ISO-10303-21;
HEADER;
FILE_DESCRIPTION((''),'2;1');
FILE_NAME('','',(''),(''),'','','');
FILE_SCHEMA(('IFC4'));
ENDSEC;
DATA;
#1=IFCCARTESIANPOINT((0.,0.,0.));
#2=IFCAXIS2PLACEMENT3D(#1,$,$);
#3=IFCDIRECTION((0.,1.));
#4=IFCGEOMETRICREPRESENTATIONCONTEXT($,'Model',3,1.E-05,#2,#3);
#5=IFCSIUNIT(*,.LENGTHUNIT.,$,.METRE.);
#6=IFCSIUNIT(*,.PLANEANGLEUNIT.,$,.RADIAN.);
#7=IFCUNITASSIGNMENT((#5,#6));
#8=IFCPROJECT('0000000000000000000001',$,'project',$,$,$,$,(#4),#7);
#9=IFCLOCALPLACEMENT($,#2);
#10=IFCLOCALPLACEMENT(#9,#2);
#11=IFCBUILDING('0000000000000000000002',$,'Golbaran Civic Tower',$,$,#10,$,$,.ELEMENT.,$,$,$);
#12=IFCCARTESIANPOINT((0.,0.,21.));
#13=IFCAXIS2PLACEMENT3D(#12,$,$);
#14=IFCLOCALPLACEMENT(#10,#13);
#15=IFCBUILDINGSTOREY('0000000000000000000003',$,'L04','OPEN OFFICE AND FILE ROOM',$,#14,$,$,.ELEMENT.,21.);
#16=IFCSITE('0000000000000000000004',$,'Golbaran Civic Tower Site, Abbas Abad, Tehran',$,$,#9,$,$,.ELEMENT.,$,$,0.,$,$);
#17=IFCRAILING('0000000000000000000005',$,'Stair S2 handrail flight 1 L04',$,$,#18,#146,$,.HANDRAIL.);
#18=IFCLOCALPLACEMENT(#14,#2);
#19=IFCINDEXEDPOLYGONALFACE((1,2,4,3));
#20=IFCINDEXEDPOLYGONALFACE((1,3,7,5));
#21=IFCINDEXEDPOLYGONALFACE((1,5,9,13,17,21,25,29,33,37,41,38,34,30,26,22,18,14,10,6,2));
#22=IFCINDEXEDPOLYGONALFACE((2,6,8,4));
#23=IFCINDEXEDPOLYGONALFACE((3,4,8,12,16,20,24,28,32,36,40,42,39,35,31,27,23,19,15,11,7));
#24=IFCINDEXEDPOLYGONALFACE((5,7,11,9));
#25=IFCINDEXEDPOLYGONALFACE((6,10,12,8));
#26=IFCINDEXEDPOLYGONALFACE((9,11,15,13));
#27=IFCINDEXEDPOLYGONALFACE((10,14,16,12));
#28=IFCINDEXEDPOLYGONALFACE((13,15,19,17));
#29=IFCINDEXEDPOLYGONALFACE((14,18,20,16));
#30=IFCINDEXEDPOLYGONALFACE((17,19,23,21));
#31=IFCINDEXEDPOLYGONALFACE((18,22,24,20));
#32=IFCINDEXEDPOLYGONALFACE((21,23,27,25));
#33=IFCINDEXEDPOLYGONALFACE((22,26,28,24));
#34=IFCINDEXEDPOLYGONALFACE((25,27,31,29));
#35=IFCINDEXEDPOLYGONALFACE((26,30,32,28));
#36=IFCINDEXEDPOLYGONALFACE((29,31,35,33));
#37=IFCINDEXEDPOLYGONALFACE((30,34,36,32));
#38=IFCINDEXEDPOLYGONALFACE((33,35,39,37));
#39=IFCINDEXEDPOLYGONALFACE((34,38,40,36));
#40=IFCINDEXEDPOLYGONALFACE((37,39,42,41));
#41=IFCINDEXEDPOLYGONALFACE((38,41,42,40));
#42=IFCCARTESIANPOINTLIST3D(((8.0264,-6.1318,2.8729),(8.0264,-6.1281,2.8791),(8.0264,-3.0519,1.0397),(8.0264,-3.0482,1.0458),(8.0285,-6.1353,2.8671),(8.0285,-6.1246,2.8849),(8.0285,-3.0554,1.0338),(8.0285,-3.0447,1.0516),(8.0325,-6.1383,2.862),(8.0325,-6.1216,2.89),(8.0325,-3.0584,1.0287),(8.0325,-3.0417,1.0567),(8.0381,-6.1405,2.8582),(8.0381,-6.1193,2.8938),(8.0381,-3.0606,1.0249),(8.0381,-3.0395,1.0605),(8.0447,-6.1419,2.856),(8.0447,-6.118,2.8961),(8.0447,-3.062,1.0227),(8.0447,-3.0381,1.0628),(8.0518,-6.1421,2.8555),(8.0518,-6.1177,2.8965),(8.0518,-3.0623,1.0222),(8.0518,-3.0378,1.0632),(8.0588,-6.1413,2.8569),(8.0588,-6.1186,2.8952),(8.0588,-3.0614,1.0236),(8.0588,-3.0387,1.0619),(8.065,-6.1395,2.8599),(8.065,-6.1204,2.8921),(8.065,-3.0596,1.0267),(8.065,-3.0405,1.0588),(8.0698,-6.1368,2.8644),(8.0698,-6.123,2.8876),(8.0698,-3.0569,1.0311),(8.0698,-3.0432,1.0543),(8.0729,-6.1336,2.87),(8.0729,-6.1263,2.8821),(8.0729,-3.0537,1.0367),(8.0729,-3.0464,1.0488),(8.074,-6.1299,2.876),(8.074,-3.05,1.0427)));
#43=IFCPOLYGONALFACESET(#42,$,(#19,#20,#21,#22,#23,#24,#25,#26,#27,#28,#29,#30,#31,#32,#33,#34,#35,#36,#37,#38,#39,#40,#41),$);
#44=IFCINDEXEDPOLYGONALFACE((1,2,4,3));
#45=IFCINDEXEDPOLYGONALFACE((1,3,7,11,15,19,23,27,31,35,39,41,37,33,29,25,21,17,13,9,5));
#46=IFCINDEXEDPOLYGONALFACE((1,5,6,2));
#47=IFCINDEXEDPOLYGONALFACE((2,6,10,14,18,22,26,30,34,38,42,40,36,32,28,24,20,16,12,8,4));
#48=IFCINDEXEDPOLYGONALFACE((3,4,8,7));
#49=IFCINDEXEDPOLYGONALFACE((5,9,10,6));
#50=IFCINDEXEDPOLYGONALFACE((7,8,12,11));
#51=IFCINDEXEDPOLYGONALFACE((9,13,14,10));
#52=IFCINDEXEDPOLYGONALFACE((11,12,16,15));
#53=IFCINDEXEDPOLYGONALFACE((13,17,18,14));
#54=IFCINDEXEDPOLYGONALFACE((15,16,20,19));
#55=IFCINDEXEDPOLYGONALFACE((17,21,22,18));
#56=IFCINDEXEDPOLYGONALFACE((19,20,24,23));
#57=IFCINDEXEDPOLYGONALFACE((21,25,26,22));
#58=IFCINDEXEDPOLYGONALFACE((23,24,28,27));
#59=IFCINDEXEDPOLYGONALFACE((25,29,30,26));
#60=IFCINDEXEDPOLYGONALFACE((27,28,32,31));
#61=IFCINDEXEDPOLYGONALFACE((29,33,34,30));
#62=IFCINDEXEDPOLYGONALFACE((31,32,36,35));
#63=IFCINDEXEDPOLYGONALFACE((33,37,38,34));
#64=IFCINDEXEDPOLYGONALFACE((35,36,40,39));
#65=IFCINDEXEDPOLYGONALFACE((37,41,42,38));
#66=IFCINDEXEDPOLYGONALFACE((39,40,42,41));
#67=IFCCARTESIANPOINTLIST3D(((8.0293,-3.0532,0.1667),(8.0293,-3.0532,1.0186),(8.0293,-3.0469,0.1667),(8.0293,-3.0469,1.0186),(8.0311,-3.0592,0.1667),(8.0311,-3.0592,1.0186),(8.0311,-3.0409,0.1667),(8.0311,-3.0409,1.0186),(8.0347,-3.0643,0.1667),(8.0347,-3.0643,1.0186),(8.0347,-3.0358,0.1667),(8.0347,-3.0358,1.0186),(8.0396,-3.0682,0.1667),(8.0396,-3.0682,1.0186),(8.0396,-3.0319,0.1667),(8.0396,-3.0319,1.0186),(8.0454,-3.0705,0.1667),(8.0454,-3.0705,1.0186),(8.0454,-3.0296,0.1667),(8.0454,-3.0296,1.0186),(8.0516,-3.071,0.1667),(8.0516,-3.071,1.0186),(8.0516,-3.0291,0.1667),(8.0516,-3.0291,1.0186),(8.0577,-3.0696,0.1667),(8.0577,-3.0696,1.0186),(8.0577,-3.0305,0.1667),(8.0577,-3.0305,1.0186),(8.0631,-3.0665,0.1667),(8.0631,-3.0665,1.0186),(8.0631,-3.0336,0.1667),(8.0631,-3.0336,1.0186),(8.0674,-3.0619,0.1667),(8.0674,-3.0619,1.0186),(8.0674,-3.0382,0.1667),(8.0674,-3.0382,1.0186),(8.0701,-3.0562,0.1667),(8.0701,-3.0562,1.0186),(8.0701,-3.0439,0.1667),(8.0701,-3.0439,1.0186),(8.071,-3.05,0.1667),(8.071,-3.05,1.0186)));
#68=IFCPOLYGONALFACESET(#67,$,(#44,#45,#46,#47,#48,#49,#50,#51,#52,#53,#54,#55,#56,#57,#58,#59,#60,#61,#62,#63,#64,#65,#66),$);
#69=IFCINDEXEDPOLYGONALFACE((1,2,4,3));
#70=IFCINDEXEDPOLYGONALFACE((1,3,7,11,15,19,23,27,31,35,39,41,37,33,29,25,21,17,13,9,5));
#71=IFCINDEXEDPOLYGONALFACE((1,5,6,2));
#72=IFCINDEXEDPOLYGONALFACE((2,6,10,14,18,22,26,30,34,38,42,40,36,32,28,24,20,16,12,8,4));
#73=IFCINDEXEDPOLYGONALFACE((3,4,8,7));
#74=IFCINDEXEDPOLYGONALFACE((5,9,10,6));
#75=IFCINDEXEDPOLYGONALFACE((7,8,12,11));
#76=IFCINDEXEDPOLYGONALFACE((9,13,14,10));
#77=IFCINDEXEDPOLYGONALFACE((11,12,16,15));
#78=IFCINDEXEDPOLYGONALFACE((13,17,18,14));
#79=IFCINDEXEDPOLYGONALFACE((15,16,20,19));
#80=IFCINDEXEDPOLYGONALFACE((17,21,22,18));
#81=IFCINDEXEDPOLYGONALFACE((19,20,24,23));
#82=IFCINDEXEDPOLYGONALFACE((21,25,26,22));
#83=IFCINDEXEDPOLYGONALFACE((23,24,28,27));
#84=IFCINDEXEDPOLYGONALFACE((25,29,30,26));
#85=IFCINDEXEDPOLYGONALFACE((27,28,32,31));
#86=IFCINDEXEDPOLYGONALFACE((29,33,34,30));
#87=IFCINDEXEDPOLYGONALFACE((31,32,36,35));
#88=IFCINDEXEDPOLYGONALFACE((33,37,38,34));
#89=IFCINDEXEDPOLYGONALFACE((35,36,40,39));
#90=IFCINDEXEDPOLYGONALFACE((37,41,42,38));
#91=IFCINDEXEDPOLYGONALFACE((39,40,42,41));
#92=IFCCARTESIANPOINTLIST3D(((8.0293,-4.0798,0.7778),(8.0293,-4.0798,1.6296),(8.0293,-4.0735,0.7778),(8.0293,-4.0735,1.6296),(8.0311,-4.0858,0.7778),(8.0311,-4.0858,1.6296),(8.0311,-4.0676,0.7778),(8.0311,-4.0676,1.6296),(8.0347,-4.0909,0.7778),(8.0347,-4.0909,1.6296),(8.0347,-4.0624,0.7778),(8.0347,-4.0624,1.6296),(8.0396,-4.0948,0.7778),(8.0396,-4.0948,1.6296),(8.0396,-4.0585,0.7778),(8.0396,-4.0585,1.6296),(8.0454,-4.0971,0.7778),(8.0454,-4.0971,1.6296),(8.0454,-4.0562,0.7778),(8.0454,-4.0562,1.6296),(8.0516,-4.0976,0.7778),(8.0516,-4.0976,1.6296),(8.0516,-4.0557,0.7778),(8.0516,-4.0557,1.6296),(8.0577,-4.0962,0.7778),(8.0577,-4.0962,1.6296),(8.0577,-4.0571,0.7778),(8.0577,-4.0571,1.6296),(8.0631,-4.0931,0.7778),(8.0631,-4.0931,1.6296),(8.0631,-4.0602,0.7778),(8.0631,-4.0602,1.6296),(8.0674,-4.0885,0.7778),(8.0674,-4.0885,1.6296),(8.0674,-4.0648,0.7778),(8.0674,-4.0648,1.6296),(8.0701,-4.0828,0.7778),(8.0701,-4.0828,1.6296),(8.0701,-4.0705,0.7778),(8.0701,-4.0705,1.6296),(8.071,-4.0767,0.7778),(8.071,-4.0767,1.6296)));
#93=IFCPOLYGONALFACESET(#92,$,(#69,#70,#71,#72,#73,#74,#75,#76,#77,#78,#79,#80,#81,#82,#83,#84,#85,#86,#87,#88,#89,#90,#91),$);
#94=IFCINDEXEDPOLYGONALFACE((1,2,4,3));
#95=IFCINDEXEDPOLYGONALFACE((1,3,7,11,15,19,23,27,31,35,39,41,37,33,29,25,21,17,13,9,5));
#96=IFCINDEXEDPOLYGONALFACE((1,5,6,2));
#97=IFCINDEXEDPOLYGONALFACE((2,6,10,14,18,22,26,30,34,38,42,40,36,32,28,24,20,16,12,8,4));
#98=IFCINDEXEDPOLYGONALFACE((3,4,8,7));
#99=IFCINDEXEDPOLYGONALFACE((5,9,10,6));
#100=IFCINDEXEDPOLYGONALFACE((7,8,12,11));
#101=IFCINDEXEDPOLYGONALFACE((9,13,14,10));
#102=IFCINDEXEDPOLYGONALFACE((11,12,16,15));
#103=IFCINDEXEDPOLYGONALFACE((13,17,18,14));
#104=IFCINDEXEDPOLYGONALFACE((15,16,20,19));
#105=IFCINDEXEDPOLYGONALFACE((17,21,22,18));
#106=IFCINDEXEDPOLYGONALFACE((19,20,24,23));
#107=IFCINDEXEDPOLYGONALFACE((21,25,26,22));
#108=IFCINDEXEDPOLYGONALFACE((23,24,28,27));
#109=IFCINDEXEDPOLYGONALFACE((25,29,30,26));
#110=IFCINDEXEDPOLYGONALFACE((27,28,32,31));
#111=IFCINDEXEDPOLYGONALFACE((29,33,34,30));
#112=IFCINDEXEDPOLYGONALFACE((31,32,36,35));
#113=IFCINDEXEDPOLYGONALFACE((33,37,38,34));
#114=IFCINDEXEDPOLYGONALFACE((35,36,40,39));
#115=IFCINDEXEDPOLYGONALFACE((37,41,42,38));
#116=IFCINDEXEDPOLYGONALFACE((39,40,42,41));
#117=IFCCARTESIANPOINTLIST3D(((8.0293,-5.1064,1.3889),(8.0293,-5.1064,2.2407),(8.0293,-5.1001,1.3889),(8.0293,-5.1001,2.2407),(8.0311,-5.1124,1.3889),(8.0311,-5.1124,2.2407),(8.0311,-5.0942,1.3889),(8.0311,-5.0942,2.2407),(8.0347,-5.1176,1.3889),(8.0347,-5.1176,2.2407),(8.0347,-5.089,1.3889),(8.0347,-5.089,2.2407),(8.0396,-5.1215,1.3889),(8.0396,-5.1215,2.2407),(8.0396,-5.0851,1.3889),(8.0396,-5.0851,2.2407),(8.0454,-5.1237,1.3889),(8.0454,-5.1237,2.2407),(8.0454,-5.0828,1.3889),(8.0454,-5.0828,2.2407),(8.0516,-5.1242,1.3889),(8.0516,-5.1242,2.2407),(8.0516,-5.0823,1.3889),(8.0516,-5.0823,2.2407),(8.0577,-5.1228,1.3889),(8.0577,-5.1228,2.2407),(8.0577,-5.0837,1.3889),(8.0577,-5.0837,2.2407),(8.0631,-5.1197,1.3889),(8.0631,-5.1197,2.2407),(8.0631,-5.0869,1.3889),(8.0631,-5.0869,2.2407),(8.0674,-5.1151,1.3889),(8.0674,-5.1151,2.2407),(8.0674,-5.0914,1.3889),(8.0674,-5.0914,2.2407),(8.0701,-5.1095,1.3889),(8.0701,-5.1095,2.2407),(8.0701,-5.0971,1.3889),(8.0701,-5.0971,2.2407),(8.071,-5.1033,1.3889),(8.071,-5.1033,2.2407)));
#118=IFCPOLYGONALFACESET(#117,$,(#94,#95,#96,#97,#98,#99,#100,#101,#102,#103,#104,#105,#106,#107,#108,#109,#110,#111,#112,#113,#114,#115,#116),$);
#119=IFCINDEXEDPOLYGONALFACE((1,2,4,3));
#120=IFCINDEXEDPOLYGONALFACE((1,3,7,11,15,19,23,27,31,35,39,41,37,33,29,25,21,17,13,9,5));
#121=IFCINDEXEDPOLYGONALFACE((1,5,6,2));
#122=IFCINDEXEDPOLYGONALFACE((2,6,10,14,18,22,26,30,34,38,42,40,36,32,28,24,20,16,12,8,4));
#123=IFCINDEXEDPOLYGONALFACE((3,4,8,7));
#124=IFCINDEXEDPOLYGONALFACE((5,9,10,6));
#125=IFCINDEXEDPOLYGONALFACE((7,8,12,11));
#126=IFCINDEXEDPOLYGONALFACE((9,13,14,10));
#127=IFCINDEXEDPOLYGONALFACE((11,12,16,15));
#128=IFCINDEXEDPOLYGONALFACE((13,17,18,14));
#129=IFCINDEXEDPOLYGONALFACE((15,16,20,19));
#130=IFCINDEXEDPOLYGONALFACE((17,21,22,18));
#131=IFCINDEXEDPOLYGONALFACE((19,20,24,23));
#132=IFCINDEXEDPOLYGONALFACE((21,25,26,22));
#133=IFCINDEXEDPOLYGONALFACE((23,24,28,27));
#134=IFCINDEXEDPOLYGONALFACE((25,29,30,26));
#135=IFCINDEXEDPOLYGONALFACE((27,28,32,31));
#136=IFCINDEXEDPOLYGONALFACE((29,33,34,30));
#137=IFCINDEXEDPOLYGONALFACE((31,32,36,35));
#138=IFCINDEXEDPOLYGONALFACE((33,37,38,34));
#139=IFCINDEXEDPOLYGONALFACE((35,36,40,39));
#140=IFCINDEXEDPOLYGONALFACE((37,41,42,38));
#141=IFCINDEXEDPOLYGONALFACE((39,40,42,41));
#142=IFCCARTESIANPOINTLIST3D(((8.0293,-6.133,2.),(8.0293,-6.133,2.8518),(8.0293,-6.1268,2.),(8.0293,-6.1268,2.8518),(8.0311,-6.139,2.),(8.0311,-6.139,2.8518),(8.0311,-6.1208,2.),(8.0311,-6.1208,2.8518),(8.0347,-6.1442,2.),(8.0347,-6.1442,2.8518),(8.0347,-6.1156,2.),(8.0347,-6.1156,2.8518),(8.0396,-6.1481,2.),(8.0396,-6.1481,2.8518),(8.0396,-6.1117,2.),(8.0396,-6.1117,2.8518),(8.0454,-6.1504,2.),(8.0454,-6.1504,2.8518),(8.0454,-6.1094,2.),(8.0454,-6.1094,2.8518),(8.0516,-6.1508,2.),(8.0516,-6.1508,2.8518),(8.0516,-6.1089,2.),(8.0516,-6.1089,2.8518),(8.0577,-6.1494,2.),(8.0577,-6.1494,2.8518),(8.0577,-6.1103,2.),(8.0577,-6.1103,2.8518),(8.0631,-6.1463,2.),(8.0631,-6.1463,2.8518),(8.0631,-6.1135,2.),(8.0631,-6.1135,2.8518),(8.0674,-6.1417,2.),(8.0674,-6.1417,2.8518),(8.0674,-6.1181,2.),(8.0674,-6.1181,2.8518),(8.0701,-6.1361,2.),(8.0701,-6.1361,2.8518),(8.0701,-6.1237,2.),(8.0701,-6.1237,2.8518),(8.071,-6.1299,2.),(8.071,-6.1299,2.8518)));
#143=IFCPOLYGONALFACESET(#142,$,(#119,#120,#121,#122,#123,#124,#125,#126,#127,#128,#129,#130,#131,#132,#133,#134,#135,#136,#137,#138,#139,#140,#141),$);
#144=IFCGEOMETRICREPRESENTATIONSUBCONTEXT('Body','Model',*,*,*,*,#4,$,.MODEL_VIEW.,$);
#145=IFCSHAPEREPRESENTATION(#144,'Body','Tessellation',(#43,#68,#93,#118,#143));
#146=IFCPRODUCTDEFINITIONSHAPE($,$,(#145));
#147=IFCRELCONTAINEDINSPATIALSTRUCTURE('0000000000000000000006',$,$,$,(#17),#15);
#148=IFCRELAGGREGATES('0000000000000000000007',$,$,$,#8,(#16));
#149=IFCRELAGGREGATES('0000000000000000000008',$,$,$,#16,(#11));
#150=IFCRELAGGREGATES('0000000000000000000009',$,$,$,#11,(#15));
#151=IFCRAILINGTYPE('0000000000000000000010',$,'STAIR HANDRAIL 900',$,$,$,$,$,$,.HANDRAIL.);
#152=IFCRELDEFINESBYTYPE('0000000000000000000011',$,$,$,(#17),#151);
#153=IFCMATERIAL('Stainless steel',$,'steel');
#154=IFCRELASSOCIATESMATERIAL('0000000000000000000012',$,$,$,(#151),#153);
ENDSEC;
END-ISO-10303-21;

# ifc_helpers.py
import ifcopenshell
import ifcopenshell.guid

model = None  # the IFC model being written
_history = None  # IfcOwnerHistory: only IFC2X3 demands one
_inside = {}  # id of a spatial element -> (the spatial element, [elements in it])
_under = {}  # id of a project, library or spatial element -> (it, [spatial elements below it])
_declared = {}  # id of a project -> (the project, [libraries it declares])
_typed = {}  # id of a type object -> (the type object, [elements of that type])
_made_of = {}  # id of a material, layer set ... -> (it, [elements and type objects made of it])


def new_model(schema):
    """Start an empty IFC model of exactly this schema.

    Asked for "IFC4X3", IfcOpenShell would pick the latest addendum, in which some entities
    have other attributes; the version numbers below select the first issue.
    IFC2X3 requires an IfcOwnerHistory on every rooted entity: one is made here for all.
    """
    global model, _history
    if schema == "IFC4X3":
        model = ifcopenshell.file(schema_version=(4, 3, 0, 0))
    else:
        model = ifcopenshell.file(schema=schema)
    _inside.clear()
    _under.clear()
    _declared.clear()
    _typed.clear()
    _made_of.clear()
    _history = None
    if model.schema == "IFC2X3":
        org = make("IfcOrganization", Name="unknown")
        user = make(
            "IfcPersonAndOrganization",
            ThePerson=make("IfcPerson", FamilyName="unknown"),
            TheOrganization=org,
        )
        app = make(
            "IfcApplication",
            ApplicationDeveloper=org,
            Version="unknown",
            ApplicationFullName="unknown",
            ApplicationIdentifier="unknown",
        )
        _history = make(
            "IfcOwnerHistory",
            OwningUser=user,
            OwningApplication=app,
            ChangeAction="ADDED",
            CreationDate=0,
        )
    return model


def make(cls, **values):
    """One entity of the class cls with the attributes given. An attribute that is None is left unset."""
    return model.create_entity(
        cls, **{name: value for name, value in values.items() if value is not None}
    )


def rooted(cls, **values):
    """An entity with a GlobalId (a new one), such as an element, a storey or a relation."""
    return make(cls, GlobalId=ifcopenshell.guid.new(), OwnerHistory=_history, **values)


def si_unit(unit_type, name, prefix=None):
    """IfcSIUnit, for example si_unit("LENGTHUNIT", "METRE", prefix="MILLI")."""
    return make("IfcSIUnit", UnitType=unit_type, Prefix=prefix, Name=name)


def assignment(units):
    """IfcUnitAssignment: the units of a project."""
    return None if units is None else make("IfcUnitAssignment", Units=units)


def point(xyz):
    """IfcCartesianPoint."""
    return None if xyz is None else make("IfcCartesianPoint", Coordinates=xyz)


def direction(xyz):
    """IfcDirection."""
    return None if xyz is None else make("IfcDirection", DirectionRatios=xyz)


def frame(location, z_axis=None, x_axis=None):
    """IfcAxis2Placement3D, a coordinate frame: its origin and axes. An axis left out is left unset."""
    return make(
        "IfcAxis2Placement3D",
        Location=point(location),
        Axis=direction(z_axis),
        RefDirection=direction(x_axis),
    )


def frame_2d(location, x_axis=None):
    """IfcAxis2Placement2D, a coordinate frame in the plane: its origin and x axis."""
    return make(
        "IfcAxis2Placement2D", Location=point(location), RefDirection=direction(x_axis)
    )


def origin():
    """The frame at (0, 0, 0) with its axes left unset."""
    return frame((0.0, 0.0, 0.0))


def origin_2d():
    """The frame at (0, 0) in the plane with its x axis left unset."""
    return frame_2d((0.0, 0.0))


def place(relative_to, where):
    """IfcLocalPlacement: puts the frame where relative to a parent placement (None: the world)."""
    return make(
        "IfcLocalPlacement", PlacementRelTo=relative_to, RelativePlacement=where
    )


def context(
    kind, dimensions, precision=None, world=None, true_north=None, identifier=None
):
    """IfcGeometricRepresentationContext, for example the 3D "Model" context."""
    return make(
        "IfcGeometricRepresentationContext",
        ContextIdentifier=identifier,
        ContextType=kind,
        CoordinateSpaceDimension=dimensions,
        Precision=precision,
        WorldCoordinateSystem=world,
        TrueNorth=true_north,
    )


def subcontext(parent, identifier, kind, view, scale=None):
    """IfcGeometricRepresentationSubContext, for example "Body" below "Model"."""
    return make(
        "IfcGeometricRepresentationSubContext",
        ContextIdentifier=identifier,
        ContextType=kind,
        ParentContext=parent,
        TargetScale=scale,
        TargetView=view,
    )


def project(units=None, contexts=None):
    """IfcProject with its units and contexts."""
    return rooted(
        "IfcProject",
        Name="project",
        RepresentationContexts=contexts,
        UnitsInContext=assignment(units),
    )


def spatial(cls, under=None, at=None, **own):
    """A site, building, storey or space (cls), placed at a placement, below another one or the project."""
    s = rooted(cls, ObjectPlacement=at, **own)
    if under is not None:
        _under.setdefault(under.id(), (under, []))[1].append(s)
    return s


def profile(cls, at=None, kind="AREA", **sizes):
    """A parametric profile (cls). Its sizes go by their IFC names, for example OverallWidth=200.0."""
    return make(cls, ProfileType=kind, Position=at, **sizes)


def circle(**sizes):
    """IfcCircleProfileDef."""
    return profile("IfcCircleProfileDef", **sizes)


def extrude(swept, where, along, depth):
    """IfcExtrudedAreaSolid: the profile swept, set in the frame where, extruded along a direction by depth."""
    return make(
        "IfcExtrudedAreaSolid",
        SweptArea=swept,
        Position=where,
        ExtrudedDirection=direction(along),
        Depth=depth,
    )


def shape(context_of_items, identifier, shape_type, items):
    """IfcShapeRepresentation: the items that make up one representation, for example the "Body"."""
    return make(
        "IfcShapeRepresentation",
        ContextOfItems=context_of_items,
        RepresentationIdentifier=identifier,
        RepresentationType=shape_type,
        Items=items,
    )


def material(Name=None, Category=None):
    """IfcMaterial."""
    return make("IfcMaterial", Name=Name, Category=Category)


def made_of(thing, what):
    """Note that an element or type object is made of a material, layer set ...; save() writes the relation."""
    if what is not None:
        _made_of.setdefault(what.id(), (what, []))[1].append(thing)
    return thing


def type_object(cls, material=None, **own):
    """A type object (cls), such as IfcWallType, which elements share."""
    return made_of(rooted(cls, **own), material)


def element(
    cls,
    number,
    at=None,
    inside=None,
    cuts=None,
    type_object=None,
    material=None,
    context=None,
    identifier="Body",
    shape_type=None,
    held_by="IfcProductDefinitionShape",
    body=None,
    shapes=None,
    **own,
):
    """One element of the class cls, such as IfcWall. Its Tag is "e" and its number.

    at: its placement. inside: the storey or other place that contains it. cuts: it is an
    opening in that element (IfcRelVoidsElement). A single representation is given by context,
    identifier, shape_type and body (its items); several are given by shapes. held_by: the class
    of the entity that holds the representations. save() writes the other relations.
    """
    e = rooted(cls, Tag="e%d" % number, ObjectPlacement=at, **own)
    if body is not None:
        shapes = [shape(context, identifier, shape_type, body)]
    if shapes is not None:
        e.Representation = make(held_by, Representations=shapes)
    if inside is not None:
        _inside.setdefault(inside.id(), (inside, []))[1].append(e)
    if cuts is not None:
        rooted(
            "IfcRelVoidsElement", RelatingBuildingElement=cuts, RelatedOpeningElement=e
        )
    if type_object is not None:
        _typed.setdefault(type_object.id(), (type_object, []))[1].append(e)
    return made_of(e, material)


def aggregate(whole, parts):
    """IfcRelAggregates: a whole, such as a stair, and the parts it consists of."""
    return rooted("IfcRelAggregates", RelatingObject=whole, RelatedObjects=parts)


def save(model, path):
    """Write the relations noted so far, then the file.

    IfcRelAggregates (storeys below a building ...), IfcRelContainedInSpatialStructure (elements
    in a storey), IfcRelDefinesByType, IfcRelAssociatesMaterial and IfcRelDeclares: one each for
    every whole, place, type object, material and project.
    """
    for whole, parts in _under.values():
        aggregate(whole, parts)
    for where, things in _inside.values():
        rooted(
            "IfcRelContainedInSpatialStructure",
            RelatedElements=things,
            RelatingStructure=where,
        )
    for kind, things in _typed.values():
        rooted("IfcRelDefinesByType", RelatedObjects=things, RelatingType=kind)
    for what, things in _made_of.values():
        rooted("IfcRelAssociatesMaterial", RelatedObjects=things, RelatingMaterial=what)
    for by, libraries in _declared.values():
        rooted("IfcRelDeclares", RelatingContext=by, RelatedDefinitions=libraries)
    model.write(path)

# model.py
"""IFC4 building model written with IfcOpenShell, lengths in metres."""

from ifc_helpers import new_model, si_unit, direction, frame, origin, origin_2d, place, context, subcontext, project, spatial, circle, extrude, material, type_object, element, save


model = new_model("IFC4")

# Units and contexts
model_context = context("Model", 3, precision=1e-05, world=origin(), true_north=direction((0.0, 1.0)))
body_context = subcontext(model_context, "Body", "Model", "MODEL_VIEW")
ifc_project = project(units=[si_unit("LENGTHUNIT", "METRE"), si_unit("PLANEANGLEUNIT", "RADIAN")], contexts=[model_context])

# Site, building, storey
site_placement = place(None, origin())
site = spatial("IfcSite", under=ifc_project, at=site_placement, Name="Golbaran Civic Tower Site, Abbas Abad, Tehran", CompositionType="ELEMENT", RefElevation=0.0)
building_placement = place(site_placement, origin())
building = spatial("IfcBuilding", under=site, at=building_placement, Name="Golbaran Civic Tower", CompositionType="ELEMENT")
storey_placement = place(building_placement, frame((0.0, 0.0, 21.0)))
storey = spatial("IfcBuildingStorey", under=building, at=storey_placement, Name="L04", Description="OPEN OFFICE AND FILE ROOM", CompositionType="ELEMENT", Elevation=21.0)

# Shared definitions
ifc_material_1 = material(Name="Stainless steel", Category="steel")

# Railing
railing_type = type_object("IfcRailingType", Name="STAIR HANDRAIL 900", PredefinedType="HANDRAIL", material=ifc_material_1)
railing_1_placement = place(storey_placement, frame((8.05, -3.05, 0.1667)))
element("IfcRailing", 1, at=railing_1_placement, inside=storey, type_object=railing_type, Name="Stair S2 handrail flight 1 L04", PredefinedType="HANDRAIL", context=body_context, shape_type="SweptSolid", body=[
    extrude(circle(Radius=0.0239, at=origin_2d()), frame((0.0, 0.0, 0.876), z_axis=(0.0, -0.859291, 0.511487), x_axis=(1.0, 0.0, 0.0)), (0.0, 0.0, 1.0), 3.5842),
    extrude(circle(Radius=0.021, at=origin_2d()), origin(), (0.0, 0.0, 1.0), 0.8518),
    extrude(circle(Radius=0.021, at=origin_2d()), frame((0.0, -1.0266, 0.6111)), (0.0, 0.0, 1.0), 0.8518),
    extrude(circle(Radius=0.021, at=origin_2d()), frame((0.0, -2.0532, 1.2222)), (0.0, 0.0, 1.0), 0.8518),
    extrude(circle(Radius=0.021, at=origin_2d()), frame((0.0, -3.0798, 1.8333)), (0.0, 0.0, 1.0), 0.8518),
])

save(model, "model.ifc")
